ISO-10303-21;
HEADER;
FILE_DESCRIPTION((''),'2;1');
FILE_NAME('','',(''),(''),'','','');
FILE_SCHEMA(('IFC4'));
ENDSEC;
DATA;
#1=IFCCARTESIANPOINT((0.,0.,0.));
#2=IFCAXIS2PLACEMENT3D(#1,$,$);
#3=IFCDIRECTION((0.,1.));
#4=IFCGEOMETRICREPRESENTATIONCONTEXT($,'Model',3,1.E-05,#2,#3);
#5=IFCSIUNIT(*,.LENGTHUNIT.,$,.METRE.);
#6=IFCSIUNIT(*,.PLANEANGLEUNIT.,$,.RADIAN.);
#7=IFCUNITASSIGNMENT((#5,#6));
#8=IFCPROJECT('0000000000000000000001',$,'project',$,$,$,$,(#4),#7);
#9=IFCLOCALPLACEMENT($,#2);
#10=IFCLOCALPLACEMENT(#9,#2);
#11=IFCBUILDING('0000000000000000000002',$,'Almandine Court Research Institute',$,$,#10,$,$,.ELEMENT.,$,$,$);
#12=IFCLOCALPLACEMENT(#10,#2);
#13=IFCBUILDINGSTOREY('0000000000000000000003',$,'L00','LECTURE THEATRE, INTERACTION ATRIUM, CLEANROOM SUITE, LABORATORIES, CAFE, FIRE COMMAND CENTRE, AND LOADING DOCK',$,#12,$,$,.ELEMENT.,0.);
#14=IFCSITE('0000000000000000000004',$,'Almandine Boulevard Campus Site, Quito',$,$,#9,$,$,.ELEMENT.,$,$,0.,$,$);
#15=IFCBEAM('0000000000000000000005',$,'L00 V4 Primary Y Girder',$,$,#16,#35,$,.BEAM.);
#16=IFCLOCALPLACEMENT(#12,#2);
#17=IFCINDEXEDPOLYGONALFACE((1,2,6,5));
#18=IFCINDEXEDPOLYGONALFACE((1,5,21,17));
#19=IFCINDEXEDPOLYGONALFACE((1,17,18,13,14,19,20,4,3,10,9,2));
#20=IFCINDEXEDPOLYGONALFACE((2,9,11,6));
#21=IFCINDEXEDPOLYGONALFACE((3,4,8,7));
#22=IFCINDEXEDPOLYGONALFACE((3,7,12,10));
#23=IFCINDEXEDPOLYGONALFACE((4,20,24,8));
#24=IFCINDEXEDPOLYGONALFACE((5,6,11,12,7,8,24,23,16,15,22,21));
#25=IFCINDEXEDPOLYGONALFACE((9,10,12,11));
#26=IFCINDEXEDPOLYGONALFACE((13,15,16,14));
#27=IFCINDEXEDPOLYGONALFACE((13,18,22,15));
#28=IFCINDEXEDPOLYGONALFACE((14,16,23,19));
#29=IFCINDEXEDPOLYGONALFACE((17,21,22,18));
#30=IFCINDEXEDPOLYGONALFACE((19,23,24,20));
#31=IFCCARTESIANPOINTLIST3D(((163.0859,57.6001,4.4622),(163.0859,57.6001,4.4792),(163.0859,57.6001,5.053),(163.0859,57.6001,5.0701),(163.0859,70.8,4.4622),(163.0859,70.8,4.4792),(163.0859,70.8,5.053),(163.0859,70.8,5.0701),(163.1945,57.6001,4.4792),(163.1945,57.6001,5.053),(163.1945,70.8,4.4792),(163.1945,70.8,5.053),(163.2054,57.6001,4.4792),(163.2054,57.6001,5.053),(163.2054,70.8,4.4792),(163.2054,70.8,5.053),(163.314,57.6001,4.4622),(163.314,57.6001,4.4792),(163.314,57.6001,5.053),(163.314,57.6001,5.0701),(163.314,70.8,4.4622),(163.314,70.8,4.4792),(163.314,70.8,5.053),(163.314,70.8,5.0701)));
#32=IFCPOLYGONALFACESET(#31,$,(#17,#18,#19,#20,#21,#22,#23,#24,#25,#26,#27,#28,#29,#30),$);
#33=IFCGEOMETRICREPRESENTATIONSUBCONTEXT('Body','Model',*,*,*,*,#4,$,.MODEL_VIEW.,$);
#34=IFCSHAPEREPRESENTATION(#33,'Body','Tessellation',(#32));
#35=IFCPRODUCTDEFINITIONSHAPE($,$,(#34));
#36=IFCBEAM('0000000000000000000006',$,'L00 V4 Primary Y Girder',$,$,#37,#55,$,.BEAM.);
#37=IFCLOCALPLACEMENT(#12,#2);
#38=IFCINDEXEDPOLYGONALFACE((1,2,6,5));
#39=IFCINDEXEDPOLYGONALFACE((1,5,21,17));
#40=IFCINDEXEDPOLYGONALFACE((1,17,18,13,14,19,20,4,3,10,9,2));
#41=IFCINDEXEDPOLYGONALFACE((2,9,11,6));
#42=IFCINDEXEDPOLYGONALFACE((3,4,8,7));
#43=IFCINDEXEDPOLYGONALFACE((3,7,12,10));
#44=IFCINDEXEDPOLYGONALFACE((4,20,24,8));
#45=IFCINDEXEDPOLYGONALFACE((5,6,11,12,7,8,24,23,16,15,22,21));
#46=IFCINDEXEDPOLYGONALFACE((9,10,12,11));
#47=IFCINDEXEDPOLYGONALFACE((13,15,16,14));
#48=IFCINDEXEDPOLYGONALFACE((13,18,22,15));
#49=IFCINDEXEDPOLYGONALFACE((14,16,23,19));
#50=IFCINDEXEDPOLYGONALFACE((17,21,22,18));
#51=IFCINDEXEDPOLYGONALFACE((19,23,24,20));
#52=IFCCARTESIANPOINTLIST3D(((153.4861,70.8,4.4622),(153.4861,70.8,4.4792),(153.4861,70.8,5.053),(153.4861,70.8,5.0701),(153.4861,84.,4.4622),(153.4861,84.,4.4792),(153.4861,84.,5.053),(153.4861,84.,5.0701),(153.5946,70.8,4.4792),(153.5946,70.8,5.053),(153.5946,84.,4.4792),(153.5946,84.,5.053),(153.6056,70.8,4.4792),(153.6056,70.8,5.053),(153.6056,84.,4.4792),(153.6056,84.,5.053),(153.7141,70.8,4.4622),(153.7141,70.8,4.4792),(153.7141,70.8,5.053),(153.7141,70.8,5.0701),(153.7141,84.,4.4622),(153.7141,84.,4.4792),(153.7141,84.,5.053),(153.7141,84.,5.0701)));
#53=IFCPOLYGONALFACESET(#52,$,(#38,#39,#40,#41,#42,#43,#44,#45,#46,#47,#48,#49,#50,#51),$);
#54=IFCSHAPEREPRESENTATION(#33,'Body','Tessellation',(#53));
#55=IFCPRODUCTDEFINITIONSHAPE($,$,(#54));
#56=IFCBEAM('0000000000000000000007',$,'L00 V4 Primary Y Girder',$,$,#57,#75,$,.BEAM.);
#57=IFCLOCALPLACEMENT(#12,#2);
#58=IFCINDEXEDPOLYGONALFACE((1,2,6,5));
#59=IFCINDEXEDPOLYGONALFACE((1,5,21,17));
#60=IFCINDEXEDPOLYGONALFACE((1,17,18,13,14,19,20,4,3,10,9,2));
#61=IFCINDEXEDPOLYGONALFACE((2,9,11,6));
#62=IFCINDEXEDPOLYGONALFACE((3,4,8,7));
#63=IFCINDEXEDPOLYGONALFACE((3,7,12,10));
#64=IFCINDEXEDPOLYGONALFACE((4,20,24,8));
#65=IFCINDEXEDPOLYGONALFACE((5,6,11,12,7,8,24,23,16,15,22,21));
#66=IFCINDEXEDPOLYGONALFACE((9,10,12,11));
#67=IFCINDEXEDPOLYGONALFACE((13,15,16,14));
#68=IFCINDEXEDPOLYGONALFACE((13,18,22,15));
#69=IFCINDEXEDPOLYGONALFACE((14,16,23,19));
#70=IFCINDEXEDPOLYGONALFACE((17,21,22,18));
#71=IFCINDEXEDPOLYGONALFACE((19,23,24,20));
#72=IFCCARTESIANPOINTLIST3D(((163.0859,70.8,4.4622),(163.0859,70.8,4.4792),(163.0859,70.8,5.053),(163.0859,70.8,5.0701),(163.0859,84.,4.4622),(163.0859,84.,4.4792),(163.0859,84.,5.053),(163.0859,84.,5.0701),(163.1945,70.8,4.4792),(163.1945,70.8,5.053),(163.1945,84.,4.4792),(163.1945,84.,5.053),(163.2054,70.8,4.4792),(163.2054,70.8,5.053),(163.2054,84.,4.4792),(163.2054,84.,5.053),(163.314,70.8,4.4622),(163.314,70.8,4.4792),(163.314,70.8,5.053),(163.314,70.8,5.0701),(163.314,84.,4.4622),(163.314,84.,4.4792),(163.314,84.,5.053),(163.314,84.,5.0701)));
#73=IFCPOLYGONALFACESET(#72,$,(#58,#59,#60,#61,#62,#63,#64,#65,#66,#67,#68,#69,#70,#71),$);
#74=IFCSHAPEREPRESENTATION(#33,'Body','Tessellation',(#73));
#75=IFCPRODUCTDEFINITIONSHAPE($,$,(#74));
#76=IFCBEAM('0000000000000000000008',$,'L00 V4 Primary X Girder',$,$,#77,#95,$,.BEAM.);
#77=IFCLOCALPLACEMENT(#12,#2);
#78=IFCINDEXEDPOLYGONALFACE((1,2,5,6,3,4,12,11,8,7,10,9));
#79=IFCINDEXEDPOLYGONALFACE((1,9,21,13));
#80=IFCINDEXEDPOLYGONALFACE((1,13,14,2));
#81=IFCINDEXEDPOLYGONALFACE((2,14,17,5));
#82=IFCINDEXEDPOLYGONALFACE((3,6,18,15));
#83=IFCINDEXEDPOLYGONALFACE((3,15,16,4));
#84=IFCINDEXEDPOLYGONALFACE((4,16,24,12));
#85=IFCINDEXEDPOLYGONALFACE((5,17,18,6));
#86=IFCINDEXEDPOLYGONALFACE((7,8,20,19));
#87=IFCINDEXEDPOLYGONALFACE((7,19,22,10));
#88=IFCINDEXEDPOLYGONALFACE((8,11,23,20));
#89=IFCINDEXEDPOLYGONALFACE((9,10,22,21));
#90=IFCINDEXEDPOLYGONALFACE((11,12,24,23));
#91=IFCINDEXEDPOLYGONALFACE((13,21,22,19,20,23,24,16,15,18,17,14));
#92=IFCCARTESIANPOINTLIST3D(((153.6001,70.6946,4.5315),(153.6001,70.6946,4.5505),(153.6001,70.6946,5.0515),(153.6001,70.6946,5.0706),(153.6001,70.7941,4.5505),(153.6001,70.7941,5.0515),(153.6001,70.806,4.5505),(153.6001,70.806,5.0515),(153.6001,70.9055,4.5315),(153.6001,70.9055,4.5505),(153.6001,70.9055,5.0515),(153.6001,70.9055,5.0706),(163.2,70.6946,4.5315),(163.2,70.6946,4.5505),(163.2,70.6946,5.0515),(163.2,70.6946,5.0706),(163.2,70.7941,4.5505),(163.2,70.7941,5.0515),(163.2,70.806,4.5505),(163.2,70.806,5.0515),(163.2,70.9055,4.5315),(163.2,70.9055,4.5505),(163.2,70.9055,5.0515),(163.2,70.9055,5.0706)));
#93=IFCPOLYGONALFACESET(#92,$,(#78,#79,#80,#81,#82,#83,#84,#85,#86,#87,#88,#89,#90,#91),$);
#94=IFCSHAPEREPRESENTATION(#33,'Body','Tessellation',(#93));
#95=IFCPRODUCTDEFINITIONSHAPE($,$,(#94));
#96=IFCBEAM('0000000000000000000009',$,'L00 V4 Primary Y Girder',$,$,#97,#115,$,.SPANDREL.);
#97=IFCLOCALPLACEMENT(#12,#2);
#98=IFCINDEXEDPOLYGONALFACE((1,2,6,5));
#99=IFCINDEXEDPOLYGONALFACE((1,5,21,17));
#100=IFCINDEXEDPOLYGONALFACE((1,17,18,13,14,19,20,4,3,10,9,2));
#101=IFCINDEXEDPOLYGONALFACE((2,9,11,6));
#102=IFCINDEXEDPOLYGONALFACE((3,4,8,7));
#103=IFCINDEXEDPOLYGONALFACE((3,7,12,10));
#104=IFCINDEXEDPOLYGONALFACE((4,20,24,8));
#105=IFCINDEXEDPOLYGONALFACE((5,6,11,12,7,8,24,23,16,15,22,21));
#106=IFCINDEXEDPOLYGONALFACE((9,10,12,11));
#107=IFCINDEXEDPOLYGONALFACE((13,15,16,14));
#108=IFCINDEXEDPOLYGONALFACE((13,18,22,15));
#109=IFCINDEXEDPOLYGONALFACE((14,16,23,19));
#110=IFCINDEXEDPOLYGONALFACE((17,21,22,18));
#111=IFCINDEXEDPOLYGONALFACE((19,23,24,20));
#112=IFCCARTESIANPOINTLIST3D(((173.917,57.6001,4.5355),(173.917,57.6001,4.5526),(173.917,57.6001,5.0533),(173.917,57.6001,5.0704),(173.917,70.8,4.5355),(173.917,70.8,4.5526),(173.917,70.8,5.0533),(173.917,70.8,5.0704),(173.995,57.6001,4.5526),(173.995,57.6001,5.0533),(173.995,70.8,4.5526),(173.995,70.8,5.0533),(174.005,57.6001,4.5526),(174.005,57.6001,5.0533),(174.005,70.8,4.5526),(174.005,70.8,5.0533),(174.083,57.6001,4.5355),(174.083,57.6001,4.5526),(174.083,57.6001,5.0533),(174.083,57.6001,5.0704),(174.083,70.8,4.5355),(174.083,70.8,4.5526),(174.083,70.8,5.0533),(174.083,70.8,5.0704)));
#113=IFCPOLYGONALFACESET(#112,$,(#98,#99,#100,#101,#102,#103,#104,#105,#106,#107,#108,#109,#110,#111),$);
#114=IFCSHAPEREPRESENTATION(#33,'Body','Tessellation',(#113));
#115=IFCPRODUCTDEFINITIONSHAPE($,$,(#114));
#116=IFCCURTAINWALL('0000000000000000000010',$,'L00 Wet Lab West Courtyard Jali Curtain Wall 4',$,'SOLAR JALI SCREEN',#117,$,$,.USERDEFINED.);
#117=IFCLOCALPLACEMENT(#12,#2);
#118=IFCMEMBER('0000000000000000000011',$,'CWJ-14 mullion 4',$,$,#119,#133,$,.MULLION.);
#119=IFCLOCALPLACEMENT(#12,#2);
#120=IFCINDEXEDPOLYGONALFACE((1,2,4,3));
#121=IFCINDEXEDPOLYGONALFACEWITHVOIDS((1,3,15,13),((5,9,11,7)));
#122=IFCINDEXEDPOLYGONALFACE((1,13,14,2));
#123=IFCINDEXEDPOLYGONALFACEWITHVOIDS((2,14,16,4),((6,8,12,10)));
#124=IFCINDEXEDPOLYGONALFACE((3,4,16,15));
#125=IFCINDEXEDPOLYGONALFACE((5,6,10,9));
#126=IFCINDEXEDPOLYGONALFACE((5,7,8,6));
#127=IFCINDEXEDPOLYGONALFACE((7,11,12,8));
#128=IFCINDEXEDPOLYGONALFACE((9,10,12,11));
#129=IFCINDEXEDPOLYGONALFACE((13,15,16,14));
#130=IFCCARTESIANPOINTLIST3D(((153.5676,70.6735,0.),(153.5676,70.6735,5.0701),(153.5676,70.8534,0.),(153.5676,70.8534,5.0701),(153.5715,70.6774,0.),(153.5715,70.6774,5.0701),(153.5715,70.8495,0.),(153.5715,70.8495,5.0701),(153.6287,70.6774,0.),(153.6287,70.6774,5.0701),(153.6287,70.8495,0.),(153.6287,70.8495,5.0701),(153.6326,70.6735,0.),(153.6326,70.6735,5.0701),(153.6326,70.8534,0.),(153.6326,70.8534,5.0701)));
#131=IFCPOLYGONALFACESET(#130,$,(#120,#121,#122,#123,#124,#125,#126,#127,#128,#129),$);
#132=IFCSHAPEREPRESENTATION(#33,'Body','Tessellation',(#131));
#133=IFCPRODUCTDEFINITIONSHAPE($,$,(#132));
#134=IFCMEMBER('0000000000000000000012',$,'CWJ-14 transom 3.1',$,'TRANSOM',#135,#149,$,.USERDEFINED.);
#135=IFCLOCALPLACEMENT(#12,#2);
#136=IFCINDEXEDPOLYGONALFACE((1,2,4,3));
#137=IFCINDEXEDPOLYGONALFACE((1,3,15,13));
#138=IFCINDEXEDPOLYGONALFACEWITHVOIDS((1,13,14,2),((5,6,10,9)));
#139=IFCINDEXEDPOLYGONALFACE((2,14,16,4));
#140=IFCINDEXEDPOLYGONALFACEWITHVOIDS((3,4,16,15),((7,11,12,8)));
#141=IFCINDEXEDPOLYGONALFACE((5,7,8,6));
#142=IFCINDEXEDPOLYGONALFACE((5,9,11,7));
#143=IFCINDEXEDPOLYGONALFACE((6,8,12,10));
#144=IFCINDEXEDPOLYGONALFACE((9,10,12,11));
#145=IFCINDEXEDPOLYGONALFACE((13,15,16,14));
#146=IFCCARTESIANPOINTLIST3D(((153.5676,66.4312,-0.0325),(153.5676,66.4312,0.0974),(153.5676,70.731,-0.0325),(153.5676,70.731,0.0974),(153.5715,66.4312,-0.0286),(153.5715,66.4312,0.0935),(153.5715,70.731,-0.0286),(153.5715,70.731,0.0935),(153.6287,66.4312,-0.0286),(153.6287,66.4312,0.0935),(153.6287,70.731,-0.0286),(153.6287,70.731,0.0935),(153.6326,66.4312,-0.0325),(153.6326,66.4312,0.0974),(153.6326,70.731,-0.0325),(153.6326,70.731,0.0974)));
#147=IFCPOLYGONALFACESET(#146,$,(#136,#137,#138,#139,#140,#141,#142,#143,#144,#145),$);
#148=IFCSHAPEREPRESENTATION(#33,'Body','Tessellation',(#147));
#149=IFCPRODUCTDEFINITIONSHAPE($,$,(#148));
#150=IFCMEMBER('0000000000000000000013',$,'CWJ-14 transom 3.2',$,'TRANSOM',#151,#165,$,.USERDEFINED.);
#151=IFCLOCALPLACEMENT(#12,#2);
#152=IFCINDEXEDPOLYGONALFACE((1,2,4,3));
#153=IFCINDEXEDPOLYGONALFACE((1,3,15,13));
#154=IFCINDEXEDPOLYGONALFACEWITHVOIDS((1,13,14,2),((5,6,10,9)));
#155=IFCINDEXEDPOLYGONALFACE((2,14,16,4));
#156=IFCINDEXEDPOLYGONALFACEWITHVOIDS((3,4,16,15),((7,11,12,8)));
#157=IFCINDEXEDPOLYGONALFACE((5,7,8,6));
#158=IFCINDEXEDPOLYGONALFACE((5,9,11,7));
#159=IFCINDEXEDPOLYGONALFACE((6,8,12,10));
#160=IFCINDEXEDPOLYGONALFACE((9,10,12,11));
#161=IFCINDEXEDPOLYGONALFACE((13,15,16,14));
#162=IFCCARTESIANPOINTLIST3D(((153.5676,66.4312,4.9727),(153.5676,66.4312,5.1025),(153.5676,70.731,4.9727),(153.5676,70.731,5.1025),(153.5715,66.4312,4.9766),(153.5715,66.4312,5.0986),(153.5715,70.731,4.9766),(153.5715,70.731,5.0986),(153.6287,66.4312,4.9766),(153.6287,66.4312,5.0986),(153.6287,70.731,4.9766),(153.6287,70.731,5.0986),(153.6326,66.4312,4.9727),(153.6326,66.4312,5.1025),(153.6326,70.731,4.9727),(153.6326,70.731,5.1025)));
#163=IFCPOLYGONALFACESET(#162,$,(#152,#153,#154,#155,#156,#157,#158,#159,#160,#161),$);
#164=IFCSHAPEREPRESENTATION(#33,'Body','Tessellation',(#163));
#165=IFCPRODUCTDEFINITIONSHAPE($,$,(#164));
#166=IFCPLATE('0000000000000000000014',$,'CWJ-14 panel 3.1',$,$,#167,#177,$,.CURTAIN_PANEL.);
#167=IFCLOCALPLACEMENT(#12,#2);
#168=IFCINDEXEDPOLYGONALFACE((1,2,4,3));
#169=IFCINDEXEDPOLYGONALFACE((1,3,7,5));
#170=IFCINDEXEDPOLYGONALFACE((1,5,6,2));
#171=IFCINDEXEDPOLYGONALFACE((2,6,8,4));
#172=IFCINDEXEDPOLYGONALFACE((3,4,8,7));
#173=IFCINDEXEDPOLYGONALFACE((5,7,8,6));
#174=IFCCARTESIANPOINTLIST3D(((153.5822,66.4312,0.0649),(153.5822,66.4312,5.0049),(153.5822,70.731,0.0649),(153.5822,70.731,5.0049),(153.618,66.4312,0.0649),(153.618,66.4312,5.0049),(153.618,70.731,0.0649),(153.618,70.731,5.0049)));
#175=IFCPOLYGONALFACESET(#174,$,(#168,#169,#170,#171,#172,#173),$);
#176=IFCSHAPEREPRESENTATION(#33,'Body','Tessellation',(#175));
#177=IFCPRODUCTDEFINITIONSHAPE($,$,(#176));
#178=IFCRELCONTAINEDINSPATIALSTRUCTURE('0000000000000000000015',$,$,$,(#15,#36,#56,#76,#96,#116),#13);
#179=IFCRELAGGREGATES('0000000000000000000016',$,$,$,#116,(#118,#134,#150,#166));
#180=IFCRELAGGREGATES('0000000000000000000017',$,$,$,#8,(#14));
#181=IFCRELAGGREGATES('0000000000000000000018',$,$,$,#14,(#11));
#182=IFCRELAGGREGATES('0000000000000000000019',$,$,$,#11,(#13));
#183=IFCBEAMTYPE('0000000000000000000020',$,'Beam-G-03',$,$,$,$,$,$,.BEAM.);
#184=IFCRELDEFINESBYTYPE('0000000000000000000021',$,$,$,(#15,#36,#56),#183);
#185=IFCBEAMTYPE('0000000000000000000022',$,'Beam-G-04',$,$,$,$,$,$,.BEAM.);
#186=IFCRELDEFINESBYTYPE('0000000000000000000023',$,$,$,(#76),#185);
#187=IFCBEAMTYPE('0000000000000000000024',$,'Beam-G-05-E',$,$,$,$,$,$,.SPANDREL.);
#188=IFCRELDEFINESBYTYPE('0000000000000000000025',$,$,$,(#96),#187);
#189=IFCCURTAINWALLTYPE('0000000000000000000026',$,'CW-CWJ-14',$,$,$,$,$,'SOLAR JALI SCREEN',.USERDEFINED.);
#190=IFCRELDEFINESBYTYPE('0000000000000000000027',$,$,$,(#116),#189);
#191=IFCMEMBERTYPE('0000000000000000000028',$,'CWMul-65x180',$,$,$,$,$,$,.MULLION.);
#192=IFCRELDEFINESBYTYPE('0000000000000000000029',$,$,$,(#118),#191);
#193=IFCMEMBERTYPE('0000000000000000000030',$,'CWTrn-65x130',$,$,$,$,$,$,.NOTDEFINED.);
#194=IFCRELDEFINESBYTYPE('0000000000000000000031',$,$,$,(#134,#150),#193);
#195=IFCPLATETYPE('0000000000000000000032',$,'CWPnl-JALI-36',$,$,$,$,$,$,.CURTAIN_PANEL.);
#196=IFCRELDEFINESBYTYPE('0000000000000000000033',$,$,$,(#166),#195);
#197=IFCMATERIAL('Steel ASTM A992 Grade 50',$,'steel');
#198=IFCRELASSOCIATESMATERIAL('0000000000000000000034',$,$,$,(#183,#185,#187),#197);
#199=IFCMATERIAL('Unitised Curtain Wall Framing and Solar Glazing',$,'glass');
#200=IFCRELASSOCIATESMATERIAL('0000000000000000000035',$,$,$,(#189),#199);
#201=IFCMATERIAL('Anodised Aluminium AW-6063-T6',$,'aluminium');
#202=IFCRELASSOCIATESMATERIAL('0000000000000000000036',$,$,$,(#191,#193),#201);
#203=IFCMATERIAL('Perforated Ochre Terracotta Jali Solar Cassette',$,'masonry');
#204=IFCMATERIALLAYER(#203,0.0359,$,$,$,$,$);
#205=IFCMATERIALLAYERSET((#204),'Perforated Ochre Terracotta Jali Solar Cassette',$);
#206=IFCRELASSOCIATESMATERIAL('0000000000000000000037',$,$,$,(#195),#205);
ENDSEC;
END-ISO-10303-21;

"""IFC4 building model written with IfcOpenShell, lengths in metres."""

from ifc_helpers import new_model, si_unit, direction, frame, origin, origin_2d, place, context, subcontext, project, spatial, rectangle, hollow_rectangle, i_section, extrude, material, layer, layer_set, material_profile, profile_set, type_object, element, aggregate, save


model = new_model("IFC4")

# Units and contexts
model_context = context("Model", 3, precision=1e-05, world=origin(), true_north=direction((0.0, 1.0)))
body_context = subcontext(model_context, "Body", "Model", "MODEL_VIEW")
ifc_project = project(units=[si_unit("LENGTHUNIT", "METRE"), si_unit("PLANEANGLEUNIT", "RADIAN")], contexts=[model_context])

# Site, building, storey
site_placement = place(None, origin())
site = spatial("IfcSite", under=ifc_project, at=site_placement, Name="Almandine Boulevard Campus Site, Quito", CompositionType="ELEMENT", RefElevation=0.0)
building_placement = place(site_placement, origin())
building = spatial("IfcBuilding", under=site, at=building_placement, Name="Almandine Court Research Institute", CompositionType="ELEMENT")
storey_placement = place(building_placement, origin())
storey = spatial("IfcBuildingStorey", under=building, at=storey_placement, Name="L00", Description="LECTURE THEATRE, INTERACTION ATRIUM, CLEANROOM SUITE, LABORATORIES, CAFE, FIRE COMMAND CENTRE, AND LOADING DOCK", CompositionType="ELEMENT", Elevation=0.0)

# Shared definitions
ifc_material_1 = material(Name="Steel ASTM A992 Grade 50", Category="steel")

# Beams
ifc_material_profile_1 = material_profile(ifc_material_1, i_section(OverallWidth=0.228, OverallDepth=0.6079, WebThickness=0.011, FlangeThickness=0.0171, at=origin_2d()), Name="W610x113")
ifc_profile_set_1 = profile_set([ifc_material_profile_1], Name="Steel ASTM A992 Grade 50")
beam_type_1 = type_object("IfcBeamType", Name="Beam-G-03", PredefinedType="BEAM", material=ifc_profile_set_1)
for number, where, z_axis, x_axis, name in (
    (1, (163.2, 57.6001, 4.7661), (0.0, 1.0, 0.0), (-1.0, 0.0, 0.0), "L00 V4 Primary Y Girder"),
    (2, (153.6001, 70.8, 4.7661), (0.0, 1.0, 0.0), (-1.0, 0.0, 0.0), "L00 V4 Primary Y Girder"),
    (3, (163.2, 70.8, 4.7661), (0.0, 1.0, 0.0), (-1.0, 0.0, 0.0), "L00 V4 Primary Y Girder"),
):
    element("IfcBeam", number, at=place(storey_placement, frame(where, z_axis=z_axis, x_axis=x_axis)), inside=storey, type_object=beam_type_1, Name=name, PredefinedType="BEAM", context=body_context, shape_type="SweptSolid", body=[
        extrude(i_section(OverallWidth=0.228, OverallDepth=0.6079, WebThickness=0.011, FlangeThickness=0.0171, at=origin_2d()), origin(), (0.0, 0.0, 1.0), 13.2),
    ])
ifc_material_profile_2 = material_profile(ifc_material_1, i_section(OverallWidth=0.2109, OverallDepth=0.5391, WebThickness=0.012, FlangeThickness=0.019, at=origin_2d()), Name="W530x109")
ifc_profile_set_2 = profile_set([ifc_material_profile_2], Name="Steel ASTM A992 Grade 50")
beam_type_2 = type_object("IfcBeamType", Name="Beam-G-04", PredefinedType="BEAM", material=ifc_profile_set_2)
beam_1_placement = place(storey_placement, frame((153.6001, 70.8, 4.801), z_axis=(1.0, 0.0, 0.0), x_axis=(0.0, 1.0, 0.0)))
element("IfcBeam", 4, at=beam_1_placement, inside=storey, type_object=beam_type_2, Name="L00 V4 Primary X Girder", PredefinedType="BEAM", context=body_context, shape_type="SweptSolid", body=[
    extrude(i_section(OverallWidth=0.2109, OverallDepth=0.5391, WebThickness=0.012, FlangeThickness=0.019, at=origin_2d()), origin(), (0.0, 0.0, 1.0), 9.5999),
])
ifc_material_profile_3 = material_profile(ifc_material_1, i_section(OverallWidth=0.166, OverallDepth=0.5349, WebThickness=0.01, FlangeThickness=0.0171, at=origin_2d()), Name="W530x85")
ifc_profile_set_3 = profile_set([ifc_material_profile_3], Name="Steel ASTM A992 Grade 50")
beam_type_3 = type_object("IfcBeamType", Name="Beam-G-05-E", PredefinedType="SPANDREL", material=ifc_profile_set_3)
beam_2_placement = place(storey_placement, frame((174.0, 57.6001, 4.803), z_axis=(0.0, 1.0, 0.0), x_axis=(-1.0, 0.0, 0.0)))
element("IfcBeam", 5, at=beam_2_placement, inside=storey, type_object=beam_type_3, Name="L00 V4 Primary Y Girder", PredefinedType="SPANDREL", context=body_context, shape_type="SweptSolid", body=[
    extrude(i_section(OverallWidth=0.166, OverallDepth=0.5349, WebThickness=0.01, FlangeThickness=0.0171, at=origin_2d()), origin(), (0.0, 0.0, 1.0), 13.2),
])

# Curtain wall, members, plate
ifc_material_2 = material(Name="Unitised Curtain Wall Framing and Solar Glazing", Category="glass")
curtain_wall_type = type_object("IfcCurtainWallType", Name="CW-CWJ-14", ElementType="SOLAR JALI SCREEN", PredefinedType="USERDEFINED", material=ifc_material_2)
curtain_wall_placement = place(storey_placement, origin())
curtain_wall = element("IfcCurtainWall", 6, at=curtain_wall_placement, inside=storey, type_object=curtain_wall_type, Name="L00 Wet Lab West Courtyard Jali Curtain Wall 4", ObjectType="SOLAR JALI SCREEN", PredefinedType="USERDEFINED")
ifc_material_3 = material(Name="Anodised Aluminium AW-6063-T6", Category="aluminium")
ifc_material_profile_4 = material_profile(ifc_material_3, hollow_rectangle(XDim=0.0649, YDim=0.1799, WallThickness=0.0039, at=origin_2d()), Name="ALU RHS 65x180x4")
ifc_profile_set_4 = profile_set([ifc_material_profile_4], Name="Anodised Aluminium AW-6063-T6")
member_type_1 = type_object("IfcMemberType", Name="CWMul-65x180", PredefinedType="MULLION", material=ifc_profile_set_4)
member_1_placement = place(storey_placement, frame((153.6001, 70.7634, 0.0), z_axis=(0.0, 0.0, 1.0), x_axis=(-1.0, 0.0, 0.0)))
member_1 = element("IfcMember", 7, at=member_1_placement, type_object=member_type_1, Name="CWJ-14 mullion 4", PredefinedType="MULLION", context=body_context, shape_type="SweptSolid", body=[
    extrude(hollow_rectangle(XDim=0.0649, YDim=0.1799, WallThickness=0.0039, at=origin_2d()), origin(), (0.0, 0.0, 1.0), 5.0701),
])
ifc_material_profile_5 = material_profile(ifc_material_3, hollow_rectangle(XDim=0.0649, YDim=0.1299, WallThickness=0.0039, at=origin_2d()), Name="ALU RHS 65x130x4")
ifc_profile_set_5 = profile_set([ifc_material_profile_5], Name="Anodised Aluminium AW-6063-T6")
member_type_2 = type_object("IfcMemberType", Name="CWTrn-65x130", PredefinedType="NOTDEFINED", material=ifc_profile_set_5)
member_2_placement = place(storey_placement, frame((153.6001, 66.4312, 0.0325), z_axis=(0.0, 1.0, 0.0), x_axis=(-1.0, 0.0, 0.0)))
member_2 = element("IfcMember", 8, at=member_2_placement, type_object=member_type_2, Name="CWJ-14 transom 3.1", ObjectType="TRANSOM", PredefinedType="USERDEFINED", context=body_context, shape_type="SweptSolid", body=[
    extrude(hollow_rectangle(XDim=0.0649, YDim=0.1299, WallThickness=0.0039, at=origin_2d()), origin(), (0.0, 0.0, 1.0), 4.2998),
])
member_3_placement = place(storey_placement, frame((153.6001, 66.4312, 5.0376), z_axis=(0.0, 1.0, 0.0), x_axis=(-1.0, 0.0, 0.0)))
member_3 = element("IfcMember", 9, at=member_3_placement, type_object=member_type_2, Name="CWJ-14 transom 3.2", ObjectType="TRANSOM", PredefinedType="USERDEFINED", context=body_context, shape_type="SweptSolid", body=[
    extrude(hollow_rectangle(XDim=0.0649, YDim=0.1299, WallThickness=0.0039, at=origin_2d()), origin(), (0.0, 0.0, 1.0), 4.2998),
])
ifc_material_4 = material(Name="Perforated Ochre Terracotta Jali Solar Cassette", Category="masonry")
ifc_layer_1 = layer(ifc_material_4, 0.0359)
ifc_layer_set_1 = layer_set([ifc_layer_1], Name="Perforated Ochre Terracotta Jali Solar Cassette")
plate_type = type_object("IfcPlateType", Name="CWPnl-JALI-36", PredefinedType="CURTAIN_PANEL", material=ifc_layer_set_1)
plate_placement = place(storey_placement, frame((153.6001, 68.5811, 0.0649), z_axis=(0.0, 0.0, 1.0), x_axis=(0.0, 1.0, 0.0)))
plate = element("IfcPlate", 10, at=plate_placement, type_object=plate_type, Name="CWJ-14 panel 3.1", PredefinedType="CURTAIN_PANEL", context=body_context, shape_type="SweptSolid", body=[
    extrude(rectangle(XDim=4.2998, YDim=0.0359, at=origin_2d()), origin(), (0.0, 0.0, 1.0), 4.9399),
])
aggregate(curtain_wall, [member_1, member_2, member_3, plate])

save(model, "model.ifc")
